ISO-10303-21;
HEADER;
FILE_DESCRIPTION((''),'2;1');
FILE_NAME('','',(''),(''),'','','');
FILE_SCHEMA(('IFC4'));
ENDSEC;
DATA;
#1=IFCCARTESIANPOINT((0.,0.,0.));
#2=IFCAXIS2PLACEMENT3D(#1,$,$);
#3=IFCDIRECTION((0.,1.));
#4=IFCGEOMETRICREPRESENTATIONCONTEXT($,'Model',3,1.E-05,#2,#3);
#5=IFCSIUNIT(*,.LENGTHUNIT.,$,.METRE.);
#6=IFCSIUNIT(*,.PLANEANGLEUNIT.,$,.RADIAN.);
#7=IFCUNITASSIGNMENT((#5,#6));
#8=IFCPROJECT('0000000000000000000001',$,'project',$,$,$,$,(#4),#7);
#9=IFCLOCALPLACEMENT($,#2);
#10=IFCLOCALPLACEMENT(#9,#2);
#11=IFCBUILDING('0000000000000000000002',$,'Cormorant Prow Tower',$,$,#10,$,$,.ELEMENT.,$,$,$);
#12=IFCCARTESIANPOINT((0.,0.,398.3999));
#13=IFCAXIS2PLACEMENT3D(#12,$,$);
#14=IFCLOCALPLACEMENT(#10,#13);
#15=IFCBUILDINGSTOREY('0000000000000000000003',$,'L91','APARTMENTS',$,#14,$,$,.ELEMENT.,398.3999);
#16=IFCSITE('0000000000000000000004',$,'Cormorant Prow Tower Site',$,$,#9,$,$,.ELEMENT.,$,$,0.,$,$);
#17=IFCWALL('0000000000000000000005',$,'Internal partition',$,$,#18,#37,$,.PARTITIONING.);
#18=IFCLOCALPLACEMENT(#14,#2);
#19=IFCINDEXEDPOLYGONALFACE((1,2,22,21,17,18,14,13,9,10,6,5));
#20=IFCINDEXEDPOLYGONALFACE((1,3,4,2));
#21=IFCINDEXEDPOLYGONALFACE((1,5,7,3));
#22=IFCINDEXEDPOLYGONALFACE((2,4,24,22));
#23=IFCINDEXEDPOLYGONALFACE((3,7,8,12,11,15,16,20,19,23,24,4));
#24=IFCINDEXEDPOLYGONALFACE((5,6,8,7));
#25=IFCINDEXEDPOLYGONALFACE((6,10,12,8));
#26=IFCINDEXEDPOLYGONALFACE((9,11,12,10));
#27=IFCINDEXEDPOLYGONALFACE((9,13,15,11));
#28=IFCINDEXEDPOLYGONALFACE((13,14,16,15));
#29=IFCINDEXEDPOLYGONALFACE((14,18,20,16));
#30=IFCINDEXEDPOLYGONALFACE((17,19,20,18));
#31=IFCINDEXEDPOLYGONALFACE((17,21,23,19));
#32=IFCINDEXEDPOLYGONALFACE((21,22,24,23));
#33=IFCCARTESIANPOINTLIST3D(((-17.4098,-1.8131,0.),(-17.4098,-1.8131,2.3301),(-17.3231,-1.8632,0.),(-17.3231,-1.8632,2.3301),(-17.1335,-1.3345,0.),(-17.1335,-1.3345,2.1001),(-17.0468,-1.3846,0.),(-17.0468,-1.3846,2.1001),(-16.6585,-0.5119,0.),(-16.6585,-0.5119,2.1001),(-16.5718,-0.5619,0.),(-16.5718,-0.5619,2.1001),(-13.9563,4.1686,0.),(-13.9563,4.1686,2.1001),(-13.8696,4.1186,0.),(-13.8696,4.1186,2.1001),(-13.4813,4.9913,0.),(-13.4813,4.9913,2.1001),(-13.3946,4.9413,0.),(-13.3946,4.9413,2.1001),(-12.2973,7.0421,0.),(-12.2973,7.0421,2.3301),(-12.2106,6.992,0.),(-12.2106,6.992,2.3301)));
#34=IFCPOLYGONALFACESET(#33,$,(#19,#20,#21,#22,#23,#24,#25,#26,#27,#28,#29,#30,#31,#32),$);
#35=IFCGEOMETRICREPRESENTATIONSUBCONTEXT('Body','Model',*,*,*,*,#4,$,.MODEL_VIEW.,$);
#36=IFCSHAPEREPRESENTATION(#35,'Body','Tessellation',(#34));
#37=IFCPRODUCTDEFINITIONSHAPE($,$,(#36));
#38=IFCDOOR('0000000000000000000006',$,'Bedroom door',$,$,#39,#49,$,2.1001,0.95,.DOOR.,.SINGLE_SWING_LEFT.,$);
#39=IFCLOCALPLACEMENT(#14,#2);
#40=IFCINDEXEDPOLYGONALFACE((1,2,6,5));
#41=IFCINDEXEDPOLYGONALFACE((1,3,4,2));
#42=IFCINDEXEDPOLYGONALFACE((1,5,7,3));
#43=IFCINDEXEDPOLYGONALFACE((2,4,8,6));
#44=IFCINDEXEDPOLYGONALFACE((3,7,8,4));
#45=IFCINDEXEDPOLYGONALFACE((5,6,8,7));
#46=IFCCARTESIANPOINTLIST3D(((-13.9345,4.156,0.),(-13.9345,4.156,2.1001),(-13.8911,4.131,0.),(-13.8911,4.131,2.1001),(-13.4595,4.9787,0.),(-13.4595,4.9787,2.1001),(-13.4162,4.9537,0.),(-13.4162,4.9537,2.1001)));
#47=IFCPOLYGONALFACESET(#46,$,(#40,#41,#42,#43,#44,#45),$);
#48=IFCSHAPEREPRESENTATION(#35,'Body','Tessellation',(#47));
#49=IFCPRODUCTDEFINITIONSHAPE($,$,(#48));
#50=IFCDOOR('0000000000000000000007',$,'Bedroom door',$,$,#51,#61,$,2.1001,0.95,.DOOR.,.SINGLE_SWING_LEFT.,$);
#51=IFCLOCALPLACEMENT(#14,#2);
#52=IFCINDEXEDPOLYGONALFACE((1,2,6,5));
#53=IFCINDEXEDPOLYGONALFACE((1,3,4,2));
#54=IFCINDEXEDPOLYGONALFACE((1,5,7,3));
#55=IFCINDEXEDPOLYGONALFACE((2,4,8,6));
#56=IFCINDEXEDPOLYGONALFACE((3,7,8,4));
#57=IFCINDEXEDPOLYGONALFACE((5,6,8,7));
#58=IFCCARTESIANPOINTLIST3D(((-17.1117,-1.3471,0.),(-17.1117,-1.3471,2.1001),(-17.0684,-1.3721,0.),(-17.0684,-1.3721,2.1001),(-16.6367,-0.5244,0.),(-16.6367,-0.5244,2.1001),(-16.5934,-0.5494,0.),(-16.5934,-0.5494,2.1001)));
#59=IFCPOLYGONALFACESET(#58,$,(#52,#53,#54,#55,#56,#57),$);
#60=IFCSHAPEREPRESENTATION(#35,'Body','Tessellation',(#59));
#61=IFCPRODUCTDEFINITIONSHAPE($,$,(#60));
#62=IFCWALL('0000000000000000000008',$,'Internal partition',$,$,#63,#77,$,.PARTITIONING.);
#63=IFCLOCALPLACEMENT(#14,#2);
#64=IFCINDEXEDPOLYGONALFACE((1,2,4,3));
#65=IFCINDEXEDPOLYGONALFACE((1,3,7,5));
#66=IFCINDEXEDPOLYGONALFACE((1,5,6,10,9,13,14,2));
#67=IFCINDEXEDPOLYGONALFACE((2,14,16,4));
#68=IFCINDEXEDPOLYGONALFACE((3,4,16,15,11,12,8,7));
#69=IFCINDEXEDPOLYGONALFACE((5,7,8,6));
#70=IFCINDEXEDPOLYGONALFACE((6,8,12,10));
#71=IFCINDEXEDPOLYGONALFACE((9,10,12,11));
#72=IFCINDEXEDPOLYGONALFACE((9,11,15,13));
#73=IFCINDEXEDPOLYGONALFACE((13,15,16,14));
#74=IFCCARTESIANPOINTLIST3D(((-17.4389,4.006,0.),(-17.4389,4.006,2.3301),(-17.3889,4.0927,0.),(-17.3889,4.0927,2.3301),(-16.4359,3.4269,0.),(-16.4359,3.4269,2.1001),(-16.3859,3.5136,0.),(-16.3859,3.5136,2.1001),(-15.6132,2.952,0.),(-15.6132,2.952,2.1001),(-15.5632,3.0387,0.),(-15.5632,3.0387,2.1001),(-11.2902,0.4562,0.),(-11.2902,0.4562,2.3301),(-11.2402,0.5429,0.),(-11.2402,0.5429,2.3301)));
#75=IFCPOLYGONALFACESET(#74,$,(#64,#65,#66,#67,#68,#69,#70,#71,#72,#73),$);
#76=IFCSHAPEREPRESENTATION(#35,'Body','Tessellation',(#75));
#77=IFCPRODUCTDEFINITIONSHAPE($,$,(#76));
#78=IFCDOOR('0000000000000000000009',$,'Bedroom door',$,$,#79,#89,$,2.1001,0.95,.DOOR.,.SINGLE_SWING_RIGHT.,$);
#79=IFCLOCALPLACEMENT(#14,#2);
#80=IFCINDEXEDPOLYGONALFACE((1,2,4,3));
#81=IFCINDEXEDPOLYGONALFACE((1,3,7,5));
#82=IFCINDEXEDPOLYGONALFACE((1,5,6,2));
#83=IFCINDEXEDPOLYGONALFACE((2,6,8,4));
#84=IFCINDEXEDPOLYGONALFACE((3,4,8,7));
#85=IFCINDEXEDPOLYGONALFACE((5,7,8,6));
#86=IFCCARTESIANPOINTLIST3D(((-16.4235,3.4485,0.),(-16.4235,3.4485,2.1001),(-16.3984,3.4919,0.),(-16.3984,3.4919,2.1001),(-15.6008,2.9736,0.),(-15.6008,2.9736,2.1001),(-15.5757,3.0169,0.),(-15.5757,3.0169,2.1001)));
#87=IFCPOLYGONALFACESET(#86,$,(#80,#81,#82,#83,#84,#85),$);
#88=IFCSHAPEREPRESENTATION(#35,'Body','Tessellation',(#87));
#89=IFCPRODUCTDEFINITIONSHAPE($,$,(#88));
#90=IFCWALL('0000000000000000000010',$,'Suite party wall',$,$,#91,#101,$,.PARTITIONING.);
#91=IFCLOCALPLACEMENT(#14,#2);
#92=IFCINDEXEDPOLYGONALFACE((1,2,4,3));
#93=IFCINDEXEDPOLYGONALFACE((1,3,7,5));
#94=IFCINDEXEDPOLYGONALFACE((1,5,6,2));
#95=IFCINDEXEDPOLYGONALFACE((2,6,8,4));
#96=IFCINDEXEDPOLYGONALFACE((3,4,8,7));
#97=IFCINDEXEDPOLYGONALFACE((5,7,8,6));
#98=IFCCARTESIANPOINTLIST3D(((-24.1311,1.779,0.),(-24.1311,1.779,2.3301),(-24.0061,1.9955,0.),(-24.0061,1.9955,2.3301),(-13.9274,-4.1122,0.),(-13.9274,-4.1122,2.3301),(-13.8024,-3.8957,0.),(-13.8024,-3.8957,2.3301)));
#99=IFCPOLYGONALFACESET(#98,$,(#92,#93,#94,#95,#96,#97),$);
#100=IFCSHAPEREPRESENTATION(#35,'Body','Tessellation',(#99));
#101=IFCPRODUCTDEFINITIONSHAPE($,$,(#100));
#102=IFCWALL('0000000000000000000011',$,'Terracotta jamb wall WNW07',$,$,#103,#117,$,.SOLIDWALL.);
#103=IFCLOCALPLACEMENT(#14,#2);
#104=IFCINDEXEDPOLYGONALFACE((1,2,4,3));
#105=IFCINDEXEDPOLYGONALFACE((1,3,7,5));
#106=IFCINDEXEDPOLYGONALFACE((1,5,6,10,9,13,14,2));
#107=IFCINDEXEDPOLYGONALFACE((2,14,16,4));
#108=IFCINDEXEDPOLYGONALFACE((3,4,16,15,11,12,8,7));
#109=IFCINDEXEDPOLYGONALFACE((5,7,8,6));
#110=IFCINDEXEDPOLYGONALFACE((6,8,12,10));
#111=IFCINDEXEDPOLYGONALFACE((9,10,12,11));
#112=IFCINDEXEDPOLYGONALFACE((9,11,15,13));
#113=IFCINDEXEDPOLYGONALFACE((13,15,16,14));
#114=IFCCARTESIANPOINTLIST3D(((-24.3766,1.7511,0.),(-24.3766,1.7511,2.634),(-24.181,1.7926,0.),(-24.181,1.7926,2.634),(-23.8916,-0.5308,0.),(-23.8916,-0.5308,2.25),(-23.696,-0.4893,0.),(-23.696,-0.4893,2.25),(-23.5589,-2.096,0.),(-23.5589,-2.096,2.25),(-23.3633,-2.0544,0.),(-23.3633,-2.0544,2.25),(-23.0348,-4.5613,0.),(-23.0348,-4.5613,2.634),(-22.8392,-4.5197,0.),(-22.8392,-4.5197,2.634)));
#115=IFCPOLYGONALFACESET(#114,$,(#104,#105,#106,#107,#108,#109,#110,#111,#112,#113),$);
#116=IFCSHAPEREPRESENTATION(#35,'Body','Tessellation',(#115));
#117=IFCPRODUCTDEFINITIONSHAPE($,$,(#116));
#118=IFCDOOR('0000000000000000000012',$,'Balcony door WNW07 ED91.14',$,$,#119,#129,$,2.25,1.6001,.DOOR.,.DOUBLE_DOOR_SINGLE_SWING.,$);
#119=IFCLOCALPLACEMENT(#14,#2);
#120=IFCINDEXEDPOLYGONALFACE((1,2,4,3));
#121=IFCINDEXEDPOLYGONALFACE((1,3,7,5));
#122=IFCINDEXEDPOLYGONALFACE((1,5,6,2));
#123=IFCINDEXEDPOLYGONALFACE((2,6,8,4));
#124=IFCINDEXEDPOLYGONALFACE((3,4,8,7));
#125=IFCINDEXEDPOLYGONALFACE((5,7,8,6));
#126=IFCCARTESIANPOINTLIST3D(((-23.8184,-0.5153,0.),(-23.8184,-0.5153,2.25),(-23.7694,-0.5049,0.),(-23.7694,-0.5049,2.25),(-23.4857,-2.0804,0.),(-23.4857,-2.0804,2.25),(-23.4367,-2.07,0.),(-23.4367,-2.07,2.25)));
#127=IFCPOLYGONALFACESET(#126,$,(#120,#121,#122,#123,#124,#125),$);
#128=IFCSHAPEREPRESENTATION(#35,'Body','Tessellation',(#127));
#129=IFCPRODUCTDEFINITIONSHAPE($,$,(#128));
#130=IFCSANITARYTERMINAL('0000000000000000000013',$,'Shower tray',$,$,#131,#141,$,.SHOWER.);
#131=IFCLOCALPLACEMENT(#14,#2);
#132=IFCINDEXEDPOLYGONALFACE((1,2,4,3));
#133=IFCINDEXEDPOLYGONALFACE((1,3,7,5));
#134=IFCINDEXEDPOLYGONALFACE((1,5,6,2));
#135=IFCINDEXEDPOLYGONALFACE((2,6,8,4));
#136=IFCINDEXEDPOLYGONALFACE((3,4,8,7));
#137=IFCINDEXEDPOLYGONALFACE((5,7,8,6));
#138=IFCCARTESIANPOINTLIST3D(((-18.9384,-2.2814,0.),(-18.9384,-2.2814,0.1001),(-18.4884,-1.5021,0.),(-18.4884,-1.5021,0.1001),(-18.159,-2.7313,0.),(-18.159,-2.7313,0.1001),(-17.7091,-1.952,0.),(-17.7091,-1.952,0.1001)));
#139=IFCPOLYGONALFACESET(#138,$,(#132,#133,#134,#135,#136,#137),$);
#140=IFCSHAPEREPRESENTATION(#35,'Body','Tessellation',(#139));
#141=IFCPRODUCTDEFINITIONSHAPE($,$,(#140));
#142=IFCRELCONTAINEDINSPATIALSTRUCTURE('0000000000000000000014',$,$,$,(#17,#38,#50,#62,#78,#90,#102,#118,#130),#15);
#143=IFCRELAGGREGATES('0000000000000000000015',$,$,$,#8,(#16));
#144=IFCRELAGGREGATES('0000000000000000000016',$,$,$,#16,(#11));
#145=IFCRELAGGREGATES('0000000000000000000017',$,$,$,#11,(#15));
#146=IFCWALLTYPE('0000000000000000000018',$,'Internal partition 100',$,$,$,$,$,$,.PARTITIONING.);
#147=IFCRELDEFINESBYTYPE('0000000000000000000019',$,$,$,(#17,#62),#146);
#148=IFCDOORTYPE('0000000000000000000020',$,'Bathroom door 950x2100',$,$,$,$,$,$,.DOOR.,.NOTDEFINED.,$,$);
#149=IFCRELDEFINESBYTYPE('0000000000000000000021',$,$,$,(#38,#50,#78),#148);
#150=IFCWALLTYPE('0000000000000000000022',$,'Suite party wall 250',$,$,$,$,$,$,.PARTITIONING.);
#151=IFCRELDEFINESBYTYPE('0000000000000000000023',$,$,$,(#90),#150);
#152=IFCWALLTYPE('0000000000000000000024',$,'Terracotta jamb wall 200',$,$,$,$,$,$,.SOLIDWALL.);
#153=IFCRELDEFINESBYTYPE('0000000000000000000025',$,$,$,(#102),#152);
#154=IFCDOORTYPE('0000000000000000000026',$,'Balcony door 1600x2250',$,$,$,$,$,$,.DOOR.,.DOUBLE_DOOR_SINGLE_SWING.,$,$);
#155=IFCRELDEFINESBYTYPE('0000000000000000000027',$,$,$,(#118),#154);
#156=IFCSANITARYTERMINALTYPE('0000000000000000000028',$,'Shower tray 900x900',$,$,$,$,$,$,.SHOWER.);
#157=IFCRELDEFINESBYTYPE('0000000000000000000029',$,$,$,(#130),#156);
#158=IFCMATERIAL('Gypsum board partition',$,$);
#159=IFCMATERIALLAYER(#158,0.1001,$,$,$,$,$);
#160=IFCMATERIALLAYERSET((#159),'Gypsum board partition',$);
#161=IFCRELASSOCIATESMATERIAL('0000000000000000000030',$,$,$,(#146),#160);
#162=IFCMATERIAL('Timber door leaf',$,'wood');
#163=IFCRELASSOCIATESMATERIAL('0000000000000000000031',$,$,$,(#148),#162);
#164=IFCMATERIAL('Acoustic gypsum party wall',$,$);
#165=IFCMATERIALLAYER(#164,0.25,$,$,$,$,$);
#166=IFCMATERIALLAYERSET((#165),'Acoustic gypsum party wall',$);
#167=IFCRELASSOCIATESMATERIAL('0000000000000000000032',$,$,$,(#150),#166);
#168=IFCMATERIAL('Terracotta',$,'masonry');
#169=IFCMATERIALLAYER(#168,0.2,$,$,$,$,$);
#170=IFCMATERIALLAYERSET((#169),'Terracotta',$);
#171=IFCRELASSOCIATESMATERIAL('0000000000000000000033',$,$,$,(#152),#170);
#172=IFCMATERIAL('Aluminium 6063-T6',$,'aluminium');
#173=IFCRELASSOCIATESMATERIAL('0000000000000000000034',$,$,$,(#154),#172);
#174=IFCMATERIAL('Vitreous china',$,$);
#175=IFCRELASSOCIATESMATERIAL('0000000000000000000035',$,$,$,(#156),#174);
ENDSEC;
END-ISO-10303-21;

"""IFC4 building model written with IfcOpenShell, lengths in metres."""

from ifc_helpers import new_model, si_unit, direction, frame, frame_2d, origin, origin_2d, place, context, subcontext, project, spatial, rectangle, extrude, material, layer, layer_set, type_object, element, fill, save


model = new_model("IFC4")

# Units and contexts
model_context = context("Model", 3, precision=1e-05, world=origin(), true_north=direction((0.0, 1.0)))
body_context = subcontext(model_context, "Body", "Model", "MODEL_VIEW")
ifc_project = project(units=[si_unit("LENGTHUNIT", "METRE"), si_unit("PLANEANGLEUNIT", "RADIAN")], contexts=[model_context])

# Site, building, storey
site_placement = place(None, origin())
site = spatial("IfcSite", under=ifc_project, at=site_placement, Name="Cormorant Prow Tower Site", CompositionType="ELEMENT", RefElevation=0.0)
building_placement = place(site_placement, origin())
building = spatial("IfcBuilding", under=site, at=building_placement, Name="Cormorant Prow Tower", CompositionType="ELEMENT")
storey_placement = place(building_placement, frame((0.0, 0.0, 398.3999)))
storey = spatial("IfcBuildingStorey", under=building, at=storey_placement, Name="L91", Description="APARTMENTS", CompositionType="ELEMENT", Elevation=398.3999)

# Wall, openings, doors
ifc_material_1 = material(Name="Gypsum board partition")
ifc_layer_1 = layer(ifc_material_1, 0.1001)
ifc_layer_set_1 = layer_set([ifc_layer_1], Name="Gypsum board partition")
wall_type_1 = type_object("IfcWallType", Name="Internal partition 100", PredefinedType="PARTITIONING", material=ifc_layer_set_1)
wall_1_placement = place(storey_placement, frame((-17.3665, -1.8381, 0.0), z_axis=(0.0, 0.0, 1.0), x_axis=(0.499999, 0.866026, 0.0)))
wall_1 = element("IfcWall", 1, at=wall_1_placement, inside=storey, type_object=wall_type_1, Name="Internal partition", PredefinedType="PARTITIONING", context=body_context, shape_type="SweptSolid", body=[
    extrude(rectangle(XDim=10.2251, YDim=0.1001, at=frame_2d((5.1125, 0.0))), origin(), (0.0, 0.0, 1.0), 2.3301),
])
opening_1_placement = place(wall_1_placement, frame((6.907, 0.0, 0.0)))
opening_1 = element("IfcOpeningElement", 2, at=opening_1_placement, cuts=wall_1, PredefinedType="OPENING", context=body_context, shape_type="SweptSolid", body=[
    extrude(rectangle(XDim=0.95, YDim=2.1001, at=frame_2d((0.4751, 1.05))), frame((0.0, 0.0601, 0.0), z_axis=(0.0, -1.0, 0.0), x_axis=(1.0, 0.0, 0.0)), (0.0, 0.0, 1.0), 0.1201),
])
opening_2_placement = place(wall_1_placement, frame((0.5525, 0.0, 0.0)))
opening_2 = element("IfcOpeningElement", 3, at=opening_2_placement, cuts=wall_1, PredefinedType="OPENING", context=body_context, shape_type="SweptSolid", body=[
    extrude(rectangle(XDim=0.95, YDim=2.1001, at=frame_2d((0.4751, 1.05))), frame((0.0, 0.0601, 0.0), z_axis=(0.0, -1.0, 0.0), x_axis=(1.0, 0.0, 0.0)), (0.0, 0.0, 1.0), 0.1201),
])
ifc_material_2 = material(Name="Timber door leaf", Category="wood")
door_type_1 = type_object("IfcDoorType", Name="Bathroom door 950x2100", OperationType="NOTDEFINED", PredefinedType="DOOR", material=ifc_material_2)
door_1_placement = place(opening_1_placement, origin())
door_1 = element("IfcDoor", 4, at=door_1_placement, inside=storey, type_object=door_type_1, Name="Bedroom door", OperationType="SINGLE_SWING_LEFT", OverallHeight=2.1001, OverallWidth=0.95, PredefinedType="DOOR", context=body_context, shape_type="SweptSolid", body=[
    extrude(rectangle(XDim=0.95, YDim=2.1001, at=frame_2d((0.4751, 1.05))), frame((0.0, 0.0249, 0.0), z_axis=(0.0, -1.0, 0.0), x_axis=(1.0, 0.0, 0.0)), (0.0, 0.0, 1.0), 0.05),
])
fill(opening_1, door_1)
door_2_placement = place(opening_2_placement, origin())
door_2 = element("IfcDoor", 5, at=door_2_placement, inside=storey, type_object=door_type_1, Name="Bedroom door", OperationType="SINGLE_SWING_LEFT", OverallHeight=2.1001, OverallWidth=0.95, PredefinedType="DOOR", context=body_context, shape_type="SweptSolid", body=[
    extrude(rectangle(XDim=0.95, YDim=2.1001, at=frame_2d((0.4751, 1.05))), frame((0.0, 0.0249, 0.0), z_axis=(0.0, -1.0, 0.0), x_axis=(1.0, 0.0, 0.0)), (0.0, 0.0, 1.0), 0.05),
])
fill(opening_2, door_2)

# Wall, opening, door
wall_2_placement = place(storey_placement, frame((-17.4138, 4.0493, 0.0), z_axis=(0.0, 0.0, 1.0), x_axis=(0.866034, -0.499985, 0.0)))
wall_2 = element("IfcWall", 6, at=wall_2_placement, inside=storey, type_object=wall_type_1, Name="Internal partition", PredefinedType="PARTITIONING", context=body_context, shape_type="SweptSolid", body=[
    extrude(rectangle(XDim=7.0999, YDim=0.1001, at=frame_2d((3.5498, 0.0))), origin(), (0.0, 0.0, 1.0), 2.3301),
])
opening_3_placement = place(wall_2_placement, frame((1.158, 0.0, 0.0)))
opening_3 = element("IfcOpeningElement", 7, at=opening_3_placement, cuts=wall_2, PredefinedType="OPENING", context=body_context, shape_type="SweptSolid", body=[
    extrude(rectangle(XDim=0.95, YDim=2.1001, at=frame_2d((0.4751, 1.05))), frame((0.0, 0.0601, 0.0), z_axis=(0.0, -1.0, 0.0), x_axis=(1.0, 0.0, 0.0)), (0.0, 0.0, 1.0), 0.1201),
])
door_3_placement = place(opening_3_placement, origin())
door_3 = element("IfcDoor", 8, at=door_3_placement, inside=storey, type_object=door_type_1, Name="Bedroom door", OperationType="SINGLE_SWING_RIGHT", OverallHeight=2.1001, OverallWidth=0.95, PredefinedType="DOOR", context=body_context, shape_type="SweptSolid", body=[
    extrude(rectangle(XDim=0.95, YDim=2.1001, at=frame_2d((0.4751, 1.05))), frame((0.0, 0.0249, 0.0), z_axis=(0.0, -1.0, 0.0), x_axis=(1.0, 0.0, 0.0)), (0.0, 0.0, 1.0), 0.05),
])
fill(opening_3, door_3)

# Wall
ifc_material_3 = material(Name="Acoustic gypsum party wall")
ifc_layer_2 = layer(ifc_material_3, 0.25)
ifc_layer_set_2 = layer_set([ifc_layer_2], Name="Acoustic gypsum party wall")
wall_type_2 = type_object("IfcWallType", Name="Suite party wall 250", PredefinedType="PARTITIONING", material=ifc_layer_set_2)
wall_3_placement = place(storey_placement, frame((-24.0686, 1.8872, 0.0), z_axis=(0.0, 0.0, 1.0), x_axis=(0.866023, -0.500003, 0.0)))
element("IfcWall", 9, at=wall_3_placement, inside=storey, type_object=wall_type_2, Name="Suite party wall", PredefinedType="PARTITIONING", context=body_context, shape_type="SweptSolid", body=[
    extrude(rectangle(XDim=11.7822, YDim=0.25, at=frame_2d((5.8911, 0.0))), origin(), (0.0, 0.0, 1.0), 2.3301),
])

# Wall, opening, door
ifc_material_4 = material(Name="Terracotta", Category="masonry")
ifc_layer_3 = layer(ifc_material_4, 0.2)
ifc_layer_set_3 = layer_set([ifc_layer_3], Name="Terracotta")
wall_type_3 = type_object("IfcWallType", Name="Terracotta jamb wall 200", PredefinedType="SOLIDWALL", material=ifc_layer_set_3)
wall_4_placement = place(storey_placement, frame((-24.2788, 1.7717, 0.0), z_axis=(0.0, 0.0, 1.0), x_axis=(0.207924, -0.978145, 0.0)))
wall_4 = element("IfcWall", 10, at=wall_4_placement, inside=storey, type_object=wall_type_3, Name="Terracotta jamb wall WNW07", PredefinedType="SOLIDWALL", context=body_context, shape_type="SweptSolid", body=[
    extrude(rectangle(XDim=6.4534, YDim=0.2, at=frame_2d((3.2266, 0.0))), origin(), (0.0, 0.0, 1.0), 2.634),
])
opening_4_placement = place(wall_4_placement, frame((2.3328, 0.0, 0.0)))
opening_4 = element("IfcOpeningElement", 11, at=opening_4_placement, cuts=wall_4, PredefinedType="OPENING", context=body_context, shape_type="SweptSolid", body=[
    extrude(rectangle(XDim=1.6001, YDim=2.25, at=frame_2d((0.8, 1.125))), frame((0.0, 0.1099, 0.0), z_axis=(0.0, -1.0, 0.0), x_axis=(1.0, 0.0, 0.0)), (0.0, 0.0, 1.0), 0.22),
])
ifc_material_5 = material(Name="Aluminium 6063-T6", Category="aluminium")
door_type_2 = type_object("IfcDoorType", Name="Balcony door 1600x2250", OperationType="DOUBLE_DOOR_SINGLE_SWING", PredefinedType="DOOR", material=ifc_material_5)
door_4_placement = place(opening_4_placement, origin())
door_4 = element("IfcDoor", 12, at=door_4_placement, inside=storey, type_object=door_type_2, Name="Balcony door WNW07 ED91.14", OperationType="DOUBLE_DOOR_SINGLE_SWING", OverallHeight=2.25, OverallWidth=1.6001, PredefinedType="DOOR", context=body_context, shape_type="SweptSolid", body=[
    extrude(rectangle(XDim=1.6001, YDim=2.25, at=frame_2d((0.8, 1.125))), frame((0.0, 0.0249, 0.0), z_axis=(0.0, -1.0, 0.0), x_axis=(1.0, 0.0, 0.0)), (0.0, 0.0, 1.0), 0.05),
])
fill(opening_4, door_4)

# Sanitary terminal
ifc_material_6 = material(Name="Vitreous china")
sanitary_terminal_type = type_object("IfcSanitaryTerminalType", Name="Shower tray 900x900", PredefinedType="SHOWER", material=ifc_material_6)
sanitary_terminal_placement = place(storey_placement, frame((-18.3237, -2.1167, 0.0), z_axis=(0.0, 0.0, 1.0), x_axis=(0.866025, -0.5, 0.0)))
element("IfcSanitaryTerminal", 13, at=sanitary_terminal_placement, inside=storey, type_object=sanitary_terminal_type, Name="Shower tray", PredefinedType="SHOWER", context=body_context, shape_type="SweptSolid", body=[
    extrude(rectangle(XDim=0.8999, YDim=0.8999, at=origin_2d()), origin(), (0.0, 0.0, 1.0), 0.1001),
])

save(model, "model.ifc")
